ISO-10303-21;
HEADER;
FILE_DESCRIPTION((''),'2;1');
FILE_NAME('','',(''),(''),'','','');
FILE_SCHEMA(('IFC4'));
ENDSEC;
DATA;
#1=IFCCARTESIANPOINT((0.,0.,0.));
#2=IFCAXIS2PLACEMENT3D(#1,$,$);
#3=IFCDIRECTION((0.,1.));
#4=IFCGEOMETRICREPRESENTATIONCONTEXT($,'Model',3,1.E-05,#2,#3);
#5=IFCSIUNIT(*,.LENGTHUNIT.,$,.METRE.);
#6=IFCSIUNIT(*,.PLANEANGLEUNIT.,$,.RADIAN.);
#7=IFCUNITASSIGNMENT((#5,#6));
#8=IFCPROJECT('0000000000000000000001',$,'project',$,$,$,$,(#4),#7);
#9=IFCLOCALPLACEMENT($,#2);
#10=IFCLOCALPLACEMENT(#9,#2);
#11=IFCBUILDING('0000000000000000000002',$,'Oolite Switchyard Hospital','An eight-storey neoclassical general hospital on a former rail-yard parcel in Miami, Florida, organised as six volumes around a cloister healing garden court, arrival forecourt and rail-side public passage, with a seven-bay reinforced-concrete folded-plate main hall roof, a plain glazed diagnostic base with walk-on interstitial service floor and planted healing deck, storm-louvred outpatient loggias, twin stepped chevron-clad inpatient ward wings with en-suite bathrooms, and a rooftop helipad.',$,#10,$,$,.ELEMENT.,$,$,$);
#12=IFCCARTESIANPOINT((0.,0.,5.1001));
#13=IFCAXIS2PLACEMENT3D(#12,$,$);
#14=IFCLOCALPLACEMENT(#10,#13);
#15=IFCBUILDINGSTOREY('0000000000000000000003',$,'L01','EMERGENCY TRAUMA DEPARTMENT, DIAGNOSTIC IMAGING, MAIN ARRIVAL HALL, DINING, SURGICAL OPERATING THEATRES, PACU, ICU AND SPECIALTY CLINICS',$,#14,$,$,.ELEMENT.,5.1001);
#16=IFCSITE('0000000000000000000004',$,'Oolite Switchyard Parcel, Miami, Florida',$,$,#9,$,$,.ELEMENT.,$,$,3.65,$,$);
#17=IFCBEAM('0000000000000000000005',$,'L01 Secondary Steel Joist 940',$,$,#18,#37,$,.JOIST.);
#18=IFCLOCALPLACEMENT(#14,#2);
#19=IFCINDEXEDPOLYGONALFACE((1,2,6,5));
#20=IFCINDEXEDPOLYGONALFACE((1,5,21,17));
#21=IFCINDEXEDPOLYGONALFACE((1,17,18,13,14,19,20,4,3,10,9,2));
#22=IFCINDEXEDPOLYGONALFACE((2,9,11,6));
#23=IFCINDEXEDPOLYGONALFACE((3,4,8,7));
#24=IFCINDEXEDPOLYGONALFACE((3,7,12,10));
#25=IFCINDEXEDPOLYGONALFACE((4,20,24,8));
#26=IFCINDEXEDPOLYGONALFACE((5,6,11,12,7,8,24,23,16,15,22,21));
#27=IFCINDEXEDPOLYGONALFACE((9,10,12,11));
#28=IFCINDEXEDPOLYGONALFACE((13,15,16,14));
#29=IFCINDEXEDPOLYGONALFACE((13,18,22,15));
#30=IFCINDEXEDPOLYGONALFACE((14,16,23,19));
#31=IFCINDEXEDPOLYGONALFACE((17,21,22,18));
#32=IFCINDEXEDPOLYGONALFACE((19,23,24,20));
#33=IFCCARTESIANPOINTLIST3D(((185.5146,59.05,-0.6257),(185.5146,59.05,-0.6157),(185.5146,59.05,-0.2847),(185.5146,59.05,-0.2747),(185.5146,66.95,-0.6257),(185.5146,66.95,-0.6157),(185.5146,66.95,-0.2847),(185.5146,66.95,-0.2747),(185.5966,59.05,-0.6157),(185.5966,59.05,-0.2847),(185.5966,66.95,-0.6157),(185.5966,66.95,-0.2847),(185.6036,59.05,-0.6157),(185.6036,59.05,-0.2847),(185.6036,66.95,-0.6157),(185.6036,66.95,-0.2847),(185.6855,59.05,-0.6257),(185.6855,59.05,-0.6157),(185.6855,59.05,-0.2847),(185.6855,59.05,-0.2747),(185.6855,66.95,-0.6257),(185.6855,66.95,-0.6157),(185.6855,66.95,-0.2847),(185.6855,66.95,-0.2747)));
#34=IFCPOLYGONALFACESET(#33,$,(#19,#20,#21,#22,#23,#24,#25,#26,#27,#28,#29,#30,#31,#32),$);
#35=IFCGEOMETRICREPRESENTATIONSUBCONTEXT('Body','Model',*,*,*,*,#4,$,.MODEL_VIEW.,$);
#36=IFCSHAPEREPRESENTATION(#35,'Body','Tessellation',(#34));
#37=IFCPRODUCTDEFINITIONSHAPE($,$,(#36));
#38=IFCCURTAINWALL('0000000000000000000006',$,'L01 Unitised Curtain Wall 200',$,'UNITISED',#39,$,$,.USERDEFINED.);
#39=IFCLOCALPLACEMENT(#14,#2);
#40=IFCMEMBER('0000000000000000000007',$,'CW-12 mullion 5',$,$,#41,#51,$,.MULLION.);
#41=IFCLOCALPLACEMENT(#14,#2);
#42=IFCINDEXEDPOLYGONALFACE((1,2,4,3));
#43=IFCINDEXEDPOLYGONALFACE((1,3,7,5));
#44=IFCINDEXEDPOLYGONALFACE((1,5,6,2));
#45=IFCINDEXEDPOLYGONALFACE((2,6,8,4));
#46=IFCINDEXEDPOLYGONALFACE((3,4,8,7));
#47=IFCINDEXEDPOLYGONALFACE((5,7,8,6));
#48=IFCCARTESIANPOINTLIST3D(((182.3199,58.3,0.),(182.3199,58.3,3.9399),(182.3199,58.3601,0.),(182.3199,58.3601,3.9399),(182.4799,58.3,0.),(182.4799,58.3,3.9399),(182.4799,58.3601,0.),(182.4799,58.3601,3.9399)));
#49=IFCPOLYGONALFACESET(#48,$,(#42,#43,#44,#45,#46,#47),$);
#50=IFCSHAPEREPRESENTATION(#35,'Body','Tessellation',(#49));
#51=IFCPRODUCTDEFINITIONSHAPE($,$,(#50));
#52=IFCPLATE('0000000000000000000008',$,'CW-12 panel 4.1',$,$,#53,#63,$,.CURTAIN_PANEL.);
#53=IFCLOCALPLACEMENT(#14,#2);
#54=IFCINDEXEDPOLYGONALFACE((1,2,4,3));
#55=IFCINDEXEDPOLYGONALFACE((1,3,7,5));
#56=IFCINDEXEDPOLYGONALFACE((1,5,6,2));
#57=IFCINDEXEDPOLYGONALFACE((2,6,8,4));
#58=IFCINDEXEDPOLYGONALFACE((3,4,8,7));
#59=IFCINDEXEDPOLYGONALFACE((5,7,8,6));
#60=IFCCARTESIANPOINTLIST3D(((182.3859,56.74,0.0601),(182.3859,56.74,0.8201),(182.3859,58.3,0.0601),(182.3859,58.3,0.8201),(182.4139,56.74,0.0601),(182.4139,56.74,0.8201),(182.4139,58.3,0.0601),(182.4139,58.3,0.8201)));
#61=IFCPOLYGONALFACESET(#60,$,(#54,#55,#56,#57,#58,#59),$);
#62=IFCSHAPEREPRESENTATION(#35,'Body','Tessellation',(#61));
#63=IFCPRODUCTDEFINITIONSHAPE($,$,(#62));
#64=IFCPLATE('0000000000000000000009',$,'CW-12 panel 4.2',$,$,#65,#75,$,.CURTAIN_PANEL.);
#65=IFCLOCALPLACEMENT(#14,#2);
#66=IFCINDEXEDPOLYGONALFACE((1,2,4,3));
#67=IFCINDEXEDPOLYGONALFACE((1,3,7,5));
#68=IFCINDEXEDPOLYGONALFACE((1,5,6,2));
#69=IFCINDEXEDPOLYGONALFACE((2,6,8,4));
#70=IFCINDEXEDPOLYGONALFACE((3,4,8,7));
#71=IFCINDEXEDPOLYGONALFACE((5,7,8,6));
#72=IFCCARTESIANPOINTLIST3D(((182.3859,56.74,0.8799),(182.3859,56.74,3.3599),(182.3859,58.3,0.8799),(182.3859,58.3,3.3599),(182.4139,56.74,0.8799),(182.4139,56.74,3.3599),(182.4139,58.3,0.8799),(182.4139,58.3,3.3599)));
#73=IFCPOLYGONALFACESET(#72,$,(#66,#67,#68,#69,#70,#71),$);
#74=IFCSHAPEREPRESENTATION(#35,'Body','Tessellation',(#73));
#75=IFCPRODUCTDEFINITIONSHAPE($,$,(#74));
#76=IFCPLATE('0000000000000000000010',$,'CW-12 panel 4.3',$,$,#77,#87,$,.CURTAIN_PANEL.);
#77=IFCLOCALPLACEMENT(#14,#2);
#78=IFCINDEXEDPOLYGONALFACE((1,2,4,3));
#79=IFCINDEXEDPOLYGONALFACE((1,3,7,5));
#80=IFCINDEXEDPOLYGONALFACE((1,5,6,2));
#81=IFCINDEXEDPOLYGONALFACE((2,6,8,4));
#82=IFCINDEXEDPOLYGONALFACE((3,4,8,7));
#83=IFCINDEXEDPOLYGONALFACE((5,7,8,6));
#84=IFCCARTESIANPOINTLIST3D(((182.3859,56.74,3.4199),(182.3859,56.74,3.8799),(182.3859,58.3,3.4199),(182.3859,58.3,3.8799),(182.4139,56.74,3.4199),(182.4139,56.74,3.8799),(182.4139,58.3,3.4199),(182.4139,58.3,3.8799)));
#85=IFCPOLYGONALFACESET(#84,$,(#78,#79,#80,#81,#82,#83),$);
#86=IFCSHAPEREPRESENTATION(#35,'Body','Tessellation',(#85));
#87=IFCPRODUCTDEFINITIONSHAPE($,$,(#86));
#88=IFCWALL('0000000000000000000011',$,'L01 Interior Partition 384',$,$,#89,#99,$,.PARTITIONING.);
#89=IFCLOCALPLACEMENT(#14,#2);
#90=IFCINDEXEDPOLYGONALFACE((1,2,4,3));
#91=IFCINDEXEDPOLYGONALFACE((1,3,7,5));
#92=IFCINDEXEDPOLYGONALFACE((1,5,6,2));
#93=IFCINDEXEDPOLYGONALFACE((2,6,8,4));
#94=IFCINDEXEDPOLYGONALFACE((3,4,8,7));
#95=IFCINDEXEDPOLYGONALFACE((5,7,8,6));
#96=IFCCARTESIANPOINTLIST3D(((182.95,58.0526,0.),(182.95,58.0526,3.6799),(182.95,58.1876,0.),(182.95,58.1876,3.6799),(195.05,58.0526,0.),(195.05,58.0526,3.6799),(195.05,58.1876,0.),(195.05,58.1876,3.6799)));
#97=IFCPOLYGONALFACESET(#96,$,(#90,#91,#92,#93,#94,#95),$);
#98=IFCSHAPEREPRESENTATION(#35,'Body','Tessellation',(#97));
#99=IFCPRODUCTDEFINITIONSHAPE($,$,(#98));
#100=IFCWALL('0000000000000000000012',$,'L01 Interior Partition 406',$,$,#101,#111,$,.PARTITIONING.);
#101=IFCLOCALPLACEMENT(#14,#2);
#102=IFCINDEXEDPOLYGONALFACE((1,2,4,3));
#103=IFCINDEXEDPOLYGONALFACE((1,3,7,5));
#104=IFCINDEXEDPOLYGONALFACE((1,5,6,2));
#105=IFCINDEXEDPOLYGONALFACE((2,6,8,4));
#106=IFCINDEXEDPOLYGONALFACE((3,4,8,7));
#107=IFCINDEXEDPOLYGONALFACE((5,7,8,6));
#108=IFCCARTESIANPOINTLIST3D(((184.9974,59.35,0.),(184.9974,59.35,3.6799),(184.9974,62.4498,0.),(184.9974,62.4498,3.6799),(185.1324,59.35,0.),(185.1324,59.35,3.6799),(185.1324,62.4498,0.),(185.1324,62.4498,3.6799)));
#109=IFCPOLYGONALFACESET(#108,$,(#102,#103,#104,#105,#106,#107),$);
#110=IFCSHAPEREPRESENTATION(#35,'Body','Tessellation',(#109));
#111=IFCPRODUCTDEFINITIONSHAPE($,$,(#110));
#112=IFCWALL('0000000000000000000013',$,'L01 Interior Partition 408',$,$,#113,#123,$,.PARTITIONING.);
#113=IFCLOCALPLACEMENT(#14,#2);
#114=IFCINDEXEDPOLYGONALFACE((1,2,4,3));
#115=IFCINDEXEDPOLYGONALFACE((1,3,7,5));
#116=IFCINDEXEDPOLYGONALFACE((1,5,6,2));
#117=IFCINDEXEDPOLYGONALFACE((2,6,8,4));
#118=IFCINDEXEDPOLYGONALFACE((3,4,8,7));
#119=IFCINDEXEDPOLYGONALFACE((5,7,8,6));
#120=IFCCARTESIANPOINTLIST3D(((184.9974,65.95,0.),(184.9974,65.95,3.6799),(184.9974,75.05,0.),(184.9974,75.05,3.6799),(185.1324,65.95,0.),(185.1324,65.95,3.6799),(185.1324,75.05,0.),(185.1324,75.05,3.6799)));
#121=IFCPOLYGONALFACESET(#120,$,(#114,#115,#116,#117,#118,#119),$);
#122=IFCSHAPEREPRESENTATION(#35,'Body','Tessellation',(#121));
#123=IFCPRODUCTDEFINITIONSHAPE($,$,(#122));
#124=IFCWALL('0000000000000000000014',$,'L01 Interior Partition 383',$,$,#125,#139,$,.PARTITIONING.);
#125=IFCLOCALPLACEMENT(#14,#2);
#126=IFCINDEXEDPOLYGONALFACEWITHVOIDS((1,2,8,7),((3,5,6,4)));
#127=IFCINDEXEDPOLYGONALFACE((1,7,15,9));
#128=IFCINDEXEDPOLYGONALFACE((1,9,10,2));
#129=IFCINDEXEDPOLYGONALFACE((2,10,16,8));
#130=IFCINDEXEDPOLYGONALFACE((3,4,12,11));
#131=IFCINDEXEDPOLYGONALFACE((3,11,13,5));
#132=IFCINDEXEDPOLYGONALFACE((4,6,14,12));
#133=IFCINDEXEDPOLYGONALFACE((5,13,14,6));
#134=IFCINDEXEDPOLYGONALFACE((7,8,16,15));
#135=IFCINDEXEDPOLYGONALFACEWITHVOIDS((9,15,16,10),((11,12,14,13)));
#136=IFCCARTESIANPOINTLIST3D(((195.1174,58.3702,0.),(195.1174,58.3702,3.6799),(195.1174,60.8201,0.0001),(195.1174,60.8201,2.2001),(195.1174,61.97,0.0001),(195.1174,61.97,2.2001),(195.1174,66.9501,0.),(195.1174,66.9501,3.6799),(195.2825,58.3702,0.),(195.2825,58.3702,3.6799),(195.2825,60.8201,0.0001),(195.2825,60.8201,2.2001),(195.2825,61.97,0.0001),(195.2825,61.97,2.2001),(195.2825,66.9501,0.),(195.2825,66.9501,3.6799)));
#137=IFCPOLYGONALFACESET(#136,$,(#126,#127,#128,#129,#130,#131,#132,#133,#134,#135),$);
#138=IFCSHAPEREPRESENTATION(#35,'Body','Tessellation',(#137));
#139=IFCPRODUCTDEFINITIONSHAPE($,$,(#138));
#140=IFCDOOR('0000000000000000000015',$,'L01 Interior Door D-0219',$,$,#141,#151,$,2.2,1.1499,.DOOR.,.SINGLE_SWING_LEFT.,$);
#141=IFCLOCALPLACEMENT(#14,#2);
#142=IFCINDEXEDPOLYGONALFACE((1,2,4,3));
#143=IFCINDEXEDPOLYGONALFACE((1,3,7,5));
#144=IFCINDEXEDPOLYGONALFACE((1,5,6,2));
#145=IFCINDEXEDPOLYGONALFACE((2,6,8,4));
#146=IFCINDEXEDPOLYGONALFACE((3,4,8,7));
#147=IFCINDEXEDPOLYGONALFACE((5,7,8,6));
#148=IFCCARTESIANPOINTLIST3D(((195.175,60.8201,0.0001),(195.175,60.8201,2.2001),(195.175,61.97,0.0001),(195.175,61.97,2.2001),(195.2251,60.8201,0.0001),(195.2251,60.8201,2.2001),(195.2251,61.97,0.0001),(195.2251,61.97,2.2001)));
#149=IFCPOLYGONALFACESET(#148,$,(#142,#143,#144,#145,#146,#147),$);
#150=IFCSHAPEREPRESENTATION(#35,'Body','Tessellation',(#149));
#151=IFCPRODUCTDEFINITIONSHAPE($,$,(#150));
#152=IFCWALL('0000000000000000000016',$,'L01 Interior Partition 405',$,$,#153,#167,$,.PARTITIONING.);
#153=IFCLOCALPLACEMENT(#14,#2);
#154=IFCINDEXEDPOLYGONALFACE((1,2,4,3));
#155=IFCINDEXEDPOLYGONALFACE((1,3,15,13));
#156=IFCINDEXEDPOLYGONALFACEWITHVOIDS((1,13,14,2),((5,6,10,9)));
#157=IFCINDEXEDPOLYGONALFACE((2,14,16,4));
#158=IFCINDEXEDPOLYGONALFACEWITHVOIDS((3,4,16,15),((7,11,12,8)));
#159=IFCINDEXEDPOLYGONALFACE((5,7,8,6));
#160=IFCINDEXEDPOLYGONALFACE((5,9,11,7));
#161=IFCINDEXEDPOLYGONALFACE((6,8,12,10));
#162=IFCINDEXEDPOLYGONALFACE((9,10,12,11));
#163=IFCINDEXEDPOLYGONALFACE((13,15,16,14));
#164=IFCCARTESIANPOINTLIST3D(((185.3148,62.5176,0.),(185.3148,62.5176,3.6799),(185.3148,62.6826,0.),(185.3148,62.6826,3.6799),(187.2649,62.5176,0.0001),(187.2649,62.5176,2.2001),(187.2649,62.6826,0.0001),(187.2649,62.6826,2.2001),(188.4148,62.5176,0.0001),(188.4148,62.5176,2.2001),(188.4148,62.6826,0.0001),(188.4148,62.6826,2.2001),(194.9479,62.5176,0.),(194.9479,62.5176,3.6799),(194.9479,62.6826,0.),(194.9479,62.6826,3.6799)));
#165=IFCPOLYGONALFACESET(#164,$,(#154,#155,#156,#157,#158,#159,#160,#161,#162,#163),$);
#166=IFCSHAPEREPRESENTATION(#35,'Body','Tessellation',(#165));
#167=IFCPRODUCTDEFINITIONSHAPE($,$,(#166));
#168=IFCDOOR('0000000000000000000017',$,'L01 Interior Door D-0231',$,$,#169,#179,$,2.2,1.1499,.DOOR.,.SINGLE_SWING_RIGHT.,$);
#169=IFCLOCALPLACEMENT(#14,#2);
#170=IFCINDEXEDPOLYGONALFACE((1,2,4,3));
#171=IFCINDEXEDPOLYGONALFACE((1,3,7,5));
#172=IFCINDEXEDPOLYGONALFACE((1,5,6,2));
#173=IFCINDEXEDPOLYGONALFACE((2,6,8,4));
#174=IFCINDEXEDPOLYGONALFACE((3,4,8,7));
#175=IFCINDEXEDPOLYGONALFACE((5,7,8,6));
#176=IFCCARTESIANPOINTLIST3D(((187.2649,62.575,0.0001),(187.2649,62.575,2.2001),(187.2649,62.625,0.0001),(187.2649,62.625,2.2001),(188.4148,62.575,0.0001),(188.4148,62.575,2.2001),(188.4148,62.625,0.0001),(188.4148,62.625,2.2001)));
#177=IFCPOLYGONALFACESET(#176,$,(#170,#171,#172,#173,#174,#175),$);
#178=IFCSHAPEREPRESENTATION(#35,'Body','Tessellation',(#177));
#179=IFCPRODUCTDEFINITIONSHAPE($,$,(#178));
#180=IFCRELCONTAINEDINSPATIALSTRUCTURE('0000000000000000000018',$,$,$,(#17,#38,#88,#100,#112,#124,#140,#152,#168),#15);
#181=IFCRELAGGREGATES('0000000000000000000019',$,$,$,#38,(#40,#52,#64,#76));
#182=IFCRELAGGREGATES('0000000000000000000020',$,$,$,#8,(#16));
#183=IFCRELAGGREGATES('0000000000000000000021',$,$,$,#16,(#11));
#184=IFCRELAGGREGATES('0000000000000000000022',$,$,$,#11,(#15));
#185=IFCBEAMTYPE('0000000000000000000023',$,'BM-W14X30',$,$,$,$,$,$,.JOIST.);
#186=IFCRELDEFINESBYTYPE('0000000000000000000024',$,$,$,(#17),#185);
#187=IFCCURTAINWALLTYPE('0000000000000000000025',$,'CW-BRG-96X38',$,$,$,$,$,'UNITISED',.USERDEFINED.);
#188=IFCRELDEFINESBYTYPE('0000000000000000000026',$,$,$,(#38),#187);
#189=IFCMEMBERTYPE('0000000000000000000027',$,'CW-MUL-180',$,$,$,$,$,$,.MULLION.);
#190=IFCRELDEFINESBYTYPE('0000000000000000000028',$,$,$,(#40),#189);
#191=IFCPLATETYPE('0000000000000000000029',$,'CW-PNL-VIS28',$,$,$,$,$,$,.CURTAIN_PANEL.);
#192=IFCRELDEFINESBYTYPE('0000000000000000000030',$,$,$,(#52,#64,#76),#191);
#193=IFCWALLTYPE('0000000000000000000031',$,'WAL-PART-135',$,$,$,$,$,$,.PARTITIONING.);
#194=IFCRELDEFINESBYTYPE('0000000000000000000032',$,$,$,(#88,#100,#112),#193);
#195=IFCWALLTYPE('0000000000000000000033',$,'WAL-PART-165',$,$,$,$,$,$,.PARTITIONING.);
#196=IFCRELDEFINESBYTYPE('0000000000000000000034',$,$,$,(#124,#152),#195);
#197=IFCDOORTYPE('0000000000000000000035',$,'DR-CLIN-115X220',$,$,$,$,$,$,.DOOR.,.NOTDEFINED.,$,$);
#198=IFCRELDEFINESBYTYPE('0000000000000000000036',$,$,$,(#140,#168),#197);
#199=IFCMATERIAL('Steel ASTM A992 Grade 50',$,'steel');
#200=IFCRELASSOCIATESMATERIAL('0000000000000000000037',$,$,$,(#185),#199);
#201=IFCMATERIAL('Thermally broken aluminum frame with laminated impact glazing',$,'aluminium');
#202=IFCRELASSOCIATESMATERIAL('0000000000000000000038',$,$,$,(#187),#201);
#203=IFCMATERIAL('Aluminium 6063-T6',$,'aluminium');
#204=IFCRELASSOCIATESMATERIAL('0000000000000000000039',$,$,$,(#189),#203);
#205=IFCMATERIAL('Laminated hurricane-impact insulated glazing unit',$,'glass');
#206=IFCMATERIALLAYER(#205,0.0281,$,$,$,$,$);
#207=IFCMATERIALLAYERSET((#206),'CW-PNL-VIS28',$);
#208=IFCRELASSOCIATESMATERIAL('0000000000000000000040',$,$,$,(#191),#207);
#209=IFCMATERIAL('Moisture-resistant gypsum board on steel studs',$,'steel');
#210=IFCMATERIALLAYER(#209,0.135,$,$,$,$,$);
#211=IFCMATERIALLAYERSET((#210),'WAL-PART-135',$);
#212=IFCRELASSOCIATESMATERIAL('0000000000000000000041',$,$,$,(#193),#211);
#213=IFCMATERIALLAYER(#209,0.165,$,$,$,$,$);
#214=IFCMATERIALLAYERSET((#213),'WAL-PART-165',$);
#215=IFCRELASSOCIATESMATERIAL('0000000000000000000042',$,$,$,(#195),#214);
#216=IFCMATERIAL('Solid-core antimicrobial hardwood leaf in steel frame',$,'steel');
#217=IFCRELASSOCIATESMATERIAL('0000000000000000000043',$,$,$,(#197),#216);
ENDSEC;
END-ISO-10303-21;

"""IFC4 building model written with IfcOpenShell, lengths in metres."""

from ifc_helpers import new_model, si_unit, direction, frame, frame_2d, origin, origin_2d, place, context, subcontext, project, spatial, rectangle, i_section, extrude, material, layer, layer_set, material_profile, profile_set, type_object, element, fill, aggregate, save


model = new_model("IFC4")

# Units and contexts
model_context = context("Model", 3, precision=1e-05, world=origin(), true_north=direction((0.0, 1.0)))
body_context = subcontext(model_context, "Body", "Model", "MODEL_VIEW")
ifc_project = project(units=[si_unit("LENGTHUNIT", "METRE"), si_unit("PLANEANGLEUNIT", "RADIAN")], contexts=[model_context])

# Site, building, storey
site_placement = place(None, origin())
site = spatial("IfcSite", under=ifc_project, at=site_placement, Name="Oolite Switchyard Parcel, Miami, Florida", CompositionType="ELEMENT", RefElevation=3.65)
building_placement = place(site_placement, origin())
building = spatial("IfcBuilding", under=site, at=building_placement, Name="Oolite Switchyard Hospital", Description="An eight-storey neoclassical general hospital on a former rail-yard parcel in Miami, Florida, organised as six volumes around a cloister healing garden court, arrival forecourt and rail-side public passage, with a seven-bay reinforced-concrete folded-plate main hall roof, a plain glazed diagnostic base with walk-on interstitial service floor and planted healing deck, storm-louvred outpatient loggias, twin stepped chevron-clad inpatient ward wings with en-suite bathrooms, and a rooftop helipad.", CompositionType="ELEMENT")
storey_placement = place(building_placement, frame((0.0, 0.0, 5.1001)))
storey = spatial("IfcBuildingStorey", under=building, at=storey_placement, Name="L01", Description="EMERGENCY TRAUMA DEPARTMENT, DIAGNOSTIC IMAGING, MAIN ARRIVAL HALL, DINING, SURGICAL OPERATING THEATRES, PACU, ICU AND SPECIALTY CLINICS", CompositionType="ELEMENT", Elevation=5.1001)

# Beam
ifc_material_1 = material(Name="Steel ASTM A992 Grade 50", Category="steel")
ifc_material_profile_1 = material_profile(ifc_material_1, i_section(OverallWidth=0.1709, OverallDepth=0.3511, WebThickness=0.0071, FlangeThickness=0.01, at=origin_2d()), Name="W14X30")
ifc_profile_set_1 = profile_set([ifc_material_profile_1], Name="Steel ASTM A992 Grade 50")
beam_type_1 = type_object("IfcBeamType", Name="BM-W14X30", PredefinedType="JOIST", material=ifc_profile_set_1)
beam_1_placement = place(storey_placement, frame((185.6001, 59.05, -0.4502), z_axis=(0.0, 1.0, 0.0), x_axis=(-1.0, 0.0, 0.0)))
element("IfcBeam", 1, at=beam_1_placement, inside=storey, type_object=beam_type_1, Name="L01 Secondary Steel Joist 940", PredefinedType="JOIST", context=body_context, shape_type="SweptSolid", body=[
    extrude(i_section(OverallWidth=0.1709, OverallDepth=0.3511, WebThickness=0.0071, FlangeThickness=0.01, at=origin_2d()), origin(), (0.0, 0.0, 1.0), 7.8999),
])

# Curtain wall, member, plates
ifc_material_2 = material(Name="Thermally broken aluminum frame with laminated impact glazing", Category="aluminium")
curtain_wall_type = type_object("IfcCurtainWallType", Name="CW-BRG-96X38", ElementType="UNITISED", PredefinedType="USERDEFINED", material=ifc_material_2)
curtain_wall_placement = place(storey_placement, origin())
curtain_wall = element("IfcCurtainWall", 2, at=curtain_wall_placement, inside=storey, type_object=curtain_wall_type, Name="L01 Unitised Curtain Wall 200", ObjectType="UNITISED", PredefinedType="USERDEFINED")
ifc_material_3 = material(Name="Aluminium 6063-T6", Category="aluminium")
ifc_material_profile_2 = material_profile(ifc_material_3, rectangle(XDim=0.1599, YDim=0.0601, at=origin_2d()), Name="CWM60X160")
ifc_profile_set_2 = profile_set([ifc_material_profile_2], Name="Aluminium 6063-T6")
member_type = type_object("IfcMemberType", Name="CW-MUL-180", PredefinedType="MULLION", material=ifc_profile_set_2)
member_placement = place(storey_placement, frame((182.3999, 58.3301, 0.0), z_axis=(0.0, 0.0, 1.0), x_axis=(-1.0, 0.0, 0.0)))
member = element("IfcMember", 3, at=member_placement, type_object=member_type, Name="CW-12 mullion 5", PredefinedType="MULLION", context=body_context, shape_type="SweptSolid", body=[
    extrude(rectangle(XDim=0.1599, YDim=0.0601, at=origin_2d()), origin(), (0.0, 0.0, 1.0), 3.9399),
])
ifc_material_4 = material(Name="Laminated hurricane-impact insulated glazing unit", Category="glass")
ifc_layer_1 = layer(ifc_material_4, 0.0281)
ifc_layer_set_1 = layer_set([ifc_layer_1], Name="CW-PNL-VIS28")
plate_type = type_object("IfcPlateType", Name="CW-PNL-VIS28", PredefinedType="CURTAIN_PANEL", material=ifc_layer_set_1)
plate_1_placement = place(storey_placement, frame((182.3999, 57.52, 0.0601), z_axis=(0.0, 0.0, 1.0), x_axis=(0.0, 1.0, 0.0)))
plate_1 = element("IfcPlate", 4, at=plate_1_placement, type_object=plate_type, Name="CW-12 panel 4.1", PredefinedType="CURTAIN_PANEL", context=body_context, shape_type="SweptSolid", body=[
    extrude(rectangle(XDim=1.5601, YDim=0.0281, at=origin_2d()), origin(), (0.0, 0.0, 1.0), 0.76),
])
plate_2_placement = place(storey_placement, frame((182.3999, 57.52, 0.8799), z_axis=(0.0, 0.0, 1.0), x_axis=(0.0, 1.0, 0.0)))
plate_2 = element("IfcPlate", 5, at=plate_2_placement, type_object=plate_type, Name="CW-12 panel 4.2", PredefinedType="CURTAIN_PANEL", context=body_context, shape_type="SweptSolid", body=[
    extrude(rectangle(XDim=1.5601, YDim=0.0281, at=origin_2d()), origin(), (0.0, 0.0, 1.0), 2.48),
])
plate_3_placement = place(storey_placement, frame((182.3999, 57.52, 3.4199), z_axis=(0.0, 0.0, 1.0), x_axis=(0.0, 1.0, 0.0)))
plate_3 = element("IfcPlate", 6, at=plate_3_placement, type_object=plate_type, Name="CW-12 panel 4.3", PredefinedType="CURTAIN_PANEL", context=body_context, shape_type="SweptSolid", body=[
    extrude(rectangle(XDim=1.5601, YDim=0.0281, at=origin_2d()), origin(), (0.0, 0.0, 1.0), 0.46),
])
aggregate(curtain_wall, [member, plate_1, plate_2, plate_3])

# Walls
ifc_material_5 = material(Name="Moisture-resistant gypsum board on steel studs", Category="steel")
ifc_layer_2 = layer(ifc_material_5, 0.135)
ifc_layer_set_2 = layer_set([ifc_layer_2], Name="WAL-PART-135")
wall_type_1 = type_object("IfcWallType", Name="WAL-PART-135", PredefinedType="PARTITIONING", material=ifc_layer_set_2)
wall_1_placement = place(storey_placement, frame((182.95, 58.1201, 0.0), z_axis=(0.0, 0.0, 1.0), x_axis=(1.0, 0.0, 0.0)))
element("IfcWall", 7, at=wall_1_placement, inside=storey, type_object=wall_type_1, Name="L01 Interior Partition 384", PredefinedType="PARTITIONING", context=body_context, shape_type="SweptSolid", body=[
    extrude(rectangle(XDim=12.1001, YDim=0.135, at=frame_2d((6.05, 0.0))), origin(), (0.0, 0.0, 1.0), 3.6799),
])
wall_2_placement = place(storey_placement, frame((185.0649, 59.3501, 0.0), z_axis=(0.0, 0.0, 1.0), x_axis=(0.0, 1.0, 0.0)))
element("IfcWall", 8, at=wall_2_placement, inside=storey, type_object=wall_type_1, Name="L01 Interior Partition 406", PredefinedType="PARTITIONING", context=body_context, shape_type="SweptSolid", body=[
    extrude(rectangle(XDim=3.0999, YDim=0.135, at=frame_2d((1.5498, 0.0))), origin(), (0.0, 0.0, 1.0), 3.6799),
])
wall_3_placement = place(storey_placement, frame((185.0649, 65.95, 0.0), z_axis=(0.0, 0.0, 1.0), x_axis=(0.0, 1.0, 0.0)))
element("IfcWall", 9, at=wall_3_placement, inside=storey, type_object=wall_type_1, Name="L01 Interior Partition 408", PredefinedType="PARTITIONING", context=body_context, shape_type="SweptSolid", body=[
    extrude(rectangle(XDim=9.1001, YDim=0.135, at=frame_2d((4.55, 0.0))), origin(), (0.0, 0.0, 1.0), 3.6799),
])

# Walls, openings, doors
ifc_layer_3 = layer(ifc_material_5, 0.165)
ifc_layer_set_3 = layer_set([ifc_layer_3], Name="WAL-PART-165")
wall_type_2 = type_object("IfcWallType", Name="WAL-PART-165", PredefinedType="PARTITIONING", material=ifc_layer_set_3)
wall_4_placement = place(storey_placement, frame((195.2, 58.3701, 0.0), z_axis=(0.0, 0.0, 1.0), x_axis=(0.0, 1.0, 0.0)))
wall_4 = element("IfcWall", 10, at=wall_4_placement, inside=storey, type_object=wall_type_2, Name="L01 Interior Partition 383", PredefinedType="PARTITIONING", context=body_context, shape_type="SweptSolid", body=[
    extrude(rectangle(XDim=8.5798, YDim=0.165, at=frame_2d((4.29, 0.0))), origin(), (0.0, 0.0, 1.0), 3.6799),
])
opening_1_placement = place(wall_4_placement, frame((2.45, 0.0, 0.0)))
opening_1 = element("IfcOpeningElement", 11, at=opening_1_placement, cuts=wall_4, PredefinedType="OPENING", context=body_context, shape_type="SweptSolid", body=[
    extrude(rectangle(XDim=1.1499, YDim=2.2, at=frame_2d((0.575, 1.1001))), frame((0.0, 0.0925, 0.0), z_axis=(0.0, -1.0, 0.0), x_axis=(1.0, 0.0, 0.0)), (0.0, 0.0, 1.0), 0.1851),
])
ifc_material_6 = material(Name="Solid-core antimicrobial hardwood leaf in steel frame", Category="steel")
door_type_1 = type_object("IfcDoorType", Name="DR-CLIN-115X220", OperationType="NOTDEFINED", PredefinedType="DOOR", material=ifc_material_6)
door_1_placement = place(opening_1_placement, origin())
door_1 = element("IfcDoor", 12, at=door_1_placement, inside=storey, type_object=door_type_1, Name="L01 Interior Door D-0219", OperationType="SINGLE_SWING_LEFT", OverallHeight=2.2, OverallWidth=1.1499, PredefinedType="DOOR", context=body_context, shape_type="SweptSolid", body=[
    extrude(rectangle(XDim=1.1499, YDim=2.2, at=frame_2d((0.575, 1.1001))), frame((0.0, 0.0249, 0.0), z_axis=(0.0, -1.0, 0.0), x_axis=(1.0, 0.0, 0.0)), (0.0, 0.0, 1.0), 0.05),
])
fill(opening_1, door_1)
wall_5_placement = place(storey_placement, frame((185.3149, 62.6001, 0.0), z_axis=(0.0, 0.0, 1.0), x_axis=(1.0, 0.0, 0.0)))
wall_5 = element("IfcWall", 13, at=wall_5_placement, inside=storey, type_object=wall_type_2, Name="L01 Interior Partition 405", PredefinedType="PARTITIONING", context=body_context, shape_type="SweptSolid", body=[
    extrude(rectangle(XDim=9.6331, YDim=0.165, at=frame_2d((4.8164, 0.0))), origin(), (0.0, 0.0, 1.0), 3.6799),
])
opening_2_placement = place(wall_5_placement, frame((1.95, 0.0, 0.0)))
opening_2 = element("IfcOpeningElement", 14, at=opening_2_placement, cuts=wall_5, PredefinedType="OPENING", context=body_context, shape_type="SweptSolid", body=[
    extrude(rectangle(XDim=1.1499, YDim=2.2, at=frame_2d((0.575, 1.1001))), frame((0.0, 0.0925, 0.0), z_axis=(0.0, -1.0, 0.0), x_axis=(1.0, 0.0, 0.0)), (0.0, 0.0, 1.0), 0.1851),
])
door_2_placement = place(opening_2_placement, origin())
door_2 = element("IfcDoor", 15, at=door_2_placement, inside=storey, type_object=door_type_1, Name="L01 Interior Door D-0231", OperationType="SINGLE_SWING_RIGHT", OverallHeight=2.2, OverallWidth=1.1499, PredefinedType="DOOR", context=body_context, shape_type="SweptSolid", body=[
    extrude(rectangle(XDim=1.1499, YDim=2.2, at=frame_2d((0.575, 1.1001))), frame((0.0, 0.0249, 0.0), z_axis=(0.0, -1.0, 0.0), x_axis=(1.0, 0.0, 0.0)), (0.0, 0.0, 1.0), 0.05),
])
fill(opening_2, door_2)

save(model, "model.ifc")
